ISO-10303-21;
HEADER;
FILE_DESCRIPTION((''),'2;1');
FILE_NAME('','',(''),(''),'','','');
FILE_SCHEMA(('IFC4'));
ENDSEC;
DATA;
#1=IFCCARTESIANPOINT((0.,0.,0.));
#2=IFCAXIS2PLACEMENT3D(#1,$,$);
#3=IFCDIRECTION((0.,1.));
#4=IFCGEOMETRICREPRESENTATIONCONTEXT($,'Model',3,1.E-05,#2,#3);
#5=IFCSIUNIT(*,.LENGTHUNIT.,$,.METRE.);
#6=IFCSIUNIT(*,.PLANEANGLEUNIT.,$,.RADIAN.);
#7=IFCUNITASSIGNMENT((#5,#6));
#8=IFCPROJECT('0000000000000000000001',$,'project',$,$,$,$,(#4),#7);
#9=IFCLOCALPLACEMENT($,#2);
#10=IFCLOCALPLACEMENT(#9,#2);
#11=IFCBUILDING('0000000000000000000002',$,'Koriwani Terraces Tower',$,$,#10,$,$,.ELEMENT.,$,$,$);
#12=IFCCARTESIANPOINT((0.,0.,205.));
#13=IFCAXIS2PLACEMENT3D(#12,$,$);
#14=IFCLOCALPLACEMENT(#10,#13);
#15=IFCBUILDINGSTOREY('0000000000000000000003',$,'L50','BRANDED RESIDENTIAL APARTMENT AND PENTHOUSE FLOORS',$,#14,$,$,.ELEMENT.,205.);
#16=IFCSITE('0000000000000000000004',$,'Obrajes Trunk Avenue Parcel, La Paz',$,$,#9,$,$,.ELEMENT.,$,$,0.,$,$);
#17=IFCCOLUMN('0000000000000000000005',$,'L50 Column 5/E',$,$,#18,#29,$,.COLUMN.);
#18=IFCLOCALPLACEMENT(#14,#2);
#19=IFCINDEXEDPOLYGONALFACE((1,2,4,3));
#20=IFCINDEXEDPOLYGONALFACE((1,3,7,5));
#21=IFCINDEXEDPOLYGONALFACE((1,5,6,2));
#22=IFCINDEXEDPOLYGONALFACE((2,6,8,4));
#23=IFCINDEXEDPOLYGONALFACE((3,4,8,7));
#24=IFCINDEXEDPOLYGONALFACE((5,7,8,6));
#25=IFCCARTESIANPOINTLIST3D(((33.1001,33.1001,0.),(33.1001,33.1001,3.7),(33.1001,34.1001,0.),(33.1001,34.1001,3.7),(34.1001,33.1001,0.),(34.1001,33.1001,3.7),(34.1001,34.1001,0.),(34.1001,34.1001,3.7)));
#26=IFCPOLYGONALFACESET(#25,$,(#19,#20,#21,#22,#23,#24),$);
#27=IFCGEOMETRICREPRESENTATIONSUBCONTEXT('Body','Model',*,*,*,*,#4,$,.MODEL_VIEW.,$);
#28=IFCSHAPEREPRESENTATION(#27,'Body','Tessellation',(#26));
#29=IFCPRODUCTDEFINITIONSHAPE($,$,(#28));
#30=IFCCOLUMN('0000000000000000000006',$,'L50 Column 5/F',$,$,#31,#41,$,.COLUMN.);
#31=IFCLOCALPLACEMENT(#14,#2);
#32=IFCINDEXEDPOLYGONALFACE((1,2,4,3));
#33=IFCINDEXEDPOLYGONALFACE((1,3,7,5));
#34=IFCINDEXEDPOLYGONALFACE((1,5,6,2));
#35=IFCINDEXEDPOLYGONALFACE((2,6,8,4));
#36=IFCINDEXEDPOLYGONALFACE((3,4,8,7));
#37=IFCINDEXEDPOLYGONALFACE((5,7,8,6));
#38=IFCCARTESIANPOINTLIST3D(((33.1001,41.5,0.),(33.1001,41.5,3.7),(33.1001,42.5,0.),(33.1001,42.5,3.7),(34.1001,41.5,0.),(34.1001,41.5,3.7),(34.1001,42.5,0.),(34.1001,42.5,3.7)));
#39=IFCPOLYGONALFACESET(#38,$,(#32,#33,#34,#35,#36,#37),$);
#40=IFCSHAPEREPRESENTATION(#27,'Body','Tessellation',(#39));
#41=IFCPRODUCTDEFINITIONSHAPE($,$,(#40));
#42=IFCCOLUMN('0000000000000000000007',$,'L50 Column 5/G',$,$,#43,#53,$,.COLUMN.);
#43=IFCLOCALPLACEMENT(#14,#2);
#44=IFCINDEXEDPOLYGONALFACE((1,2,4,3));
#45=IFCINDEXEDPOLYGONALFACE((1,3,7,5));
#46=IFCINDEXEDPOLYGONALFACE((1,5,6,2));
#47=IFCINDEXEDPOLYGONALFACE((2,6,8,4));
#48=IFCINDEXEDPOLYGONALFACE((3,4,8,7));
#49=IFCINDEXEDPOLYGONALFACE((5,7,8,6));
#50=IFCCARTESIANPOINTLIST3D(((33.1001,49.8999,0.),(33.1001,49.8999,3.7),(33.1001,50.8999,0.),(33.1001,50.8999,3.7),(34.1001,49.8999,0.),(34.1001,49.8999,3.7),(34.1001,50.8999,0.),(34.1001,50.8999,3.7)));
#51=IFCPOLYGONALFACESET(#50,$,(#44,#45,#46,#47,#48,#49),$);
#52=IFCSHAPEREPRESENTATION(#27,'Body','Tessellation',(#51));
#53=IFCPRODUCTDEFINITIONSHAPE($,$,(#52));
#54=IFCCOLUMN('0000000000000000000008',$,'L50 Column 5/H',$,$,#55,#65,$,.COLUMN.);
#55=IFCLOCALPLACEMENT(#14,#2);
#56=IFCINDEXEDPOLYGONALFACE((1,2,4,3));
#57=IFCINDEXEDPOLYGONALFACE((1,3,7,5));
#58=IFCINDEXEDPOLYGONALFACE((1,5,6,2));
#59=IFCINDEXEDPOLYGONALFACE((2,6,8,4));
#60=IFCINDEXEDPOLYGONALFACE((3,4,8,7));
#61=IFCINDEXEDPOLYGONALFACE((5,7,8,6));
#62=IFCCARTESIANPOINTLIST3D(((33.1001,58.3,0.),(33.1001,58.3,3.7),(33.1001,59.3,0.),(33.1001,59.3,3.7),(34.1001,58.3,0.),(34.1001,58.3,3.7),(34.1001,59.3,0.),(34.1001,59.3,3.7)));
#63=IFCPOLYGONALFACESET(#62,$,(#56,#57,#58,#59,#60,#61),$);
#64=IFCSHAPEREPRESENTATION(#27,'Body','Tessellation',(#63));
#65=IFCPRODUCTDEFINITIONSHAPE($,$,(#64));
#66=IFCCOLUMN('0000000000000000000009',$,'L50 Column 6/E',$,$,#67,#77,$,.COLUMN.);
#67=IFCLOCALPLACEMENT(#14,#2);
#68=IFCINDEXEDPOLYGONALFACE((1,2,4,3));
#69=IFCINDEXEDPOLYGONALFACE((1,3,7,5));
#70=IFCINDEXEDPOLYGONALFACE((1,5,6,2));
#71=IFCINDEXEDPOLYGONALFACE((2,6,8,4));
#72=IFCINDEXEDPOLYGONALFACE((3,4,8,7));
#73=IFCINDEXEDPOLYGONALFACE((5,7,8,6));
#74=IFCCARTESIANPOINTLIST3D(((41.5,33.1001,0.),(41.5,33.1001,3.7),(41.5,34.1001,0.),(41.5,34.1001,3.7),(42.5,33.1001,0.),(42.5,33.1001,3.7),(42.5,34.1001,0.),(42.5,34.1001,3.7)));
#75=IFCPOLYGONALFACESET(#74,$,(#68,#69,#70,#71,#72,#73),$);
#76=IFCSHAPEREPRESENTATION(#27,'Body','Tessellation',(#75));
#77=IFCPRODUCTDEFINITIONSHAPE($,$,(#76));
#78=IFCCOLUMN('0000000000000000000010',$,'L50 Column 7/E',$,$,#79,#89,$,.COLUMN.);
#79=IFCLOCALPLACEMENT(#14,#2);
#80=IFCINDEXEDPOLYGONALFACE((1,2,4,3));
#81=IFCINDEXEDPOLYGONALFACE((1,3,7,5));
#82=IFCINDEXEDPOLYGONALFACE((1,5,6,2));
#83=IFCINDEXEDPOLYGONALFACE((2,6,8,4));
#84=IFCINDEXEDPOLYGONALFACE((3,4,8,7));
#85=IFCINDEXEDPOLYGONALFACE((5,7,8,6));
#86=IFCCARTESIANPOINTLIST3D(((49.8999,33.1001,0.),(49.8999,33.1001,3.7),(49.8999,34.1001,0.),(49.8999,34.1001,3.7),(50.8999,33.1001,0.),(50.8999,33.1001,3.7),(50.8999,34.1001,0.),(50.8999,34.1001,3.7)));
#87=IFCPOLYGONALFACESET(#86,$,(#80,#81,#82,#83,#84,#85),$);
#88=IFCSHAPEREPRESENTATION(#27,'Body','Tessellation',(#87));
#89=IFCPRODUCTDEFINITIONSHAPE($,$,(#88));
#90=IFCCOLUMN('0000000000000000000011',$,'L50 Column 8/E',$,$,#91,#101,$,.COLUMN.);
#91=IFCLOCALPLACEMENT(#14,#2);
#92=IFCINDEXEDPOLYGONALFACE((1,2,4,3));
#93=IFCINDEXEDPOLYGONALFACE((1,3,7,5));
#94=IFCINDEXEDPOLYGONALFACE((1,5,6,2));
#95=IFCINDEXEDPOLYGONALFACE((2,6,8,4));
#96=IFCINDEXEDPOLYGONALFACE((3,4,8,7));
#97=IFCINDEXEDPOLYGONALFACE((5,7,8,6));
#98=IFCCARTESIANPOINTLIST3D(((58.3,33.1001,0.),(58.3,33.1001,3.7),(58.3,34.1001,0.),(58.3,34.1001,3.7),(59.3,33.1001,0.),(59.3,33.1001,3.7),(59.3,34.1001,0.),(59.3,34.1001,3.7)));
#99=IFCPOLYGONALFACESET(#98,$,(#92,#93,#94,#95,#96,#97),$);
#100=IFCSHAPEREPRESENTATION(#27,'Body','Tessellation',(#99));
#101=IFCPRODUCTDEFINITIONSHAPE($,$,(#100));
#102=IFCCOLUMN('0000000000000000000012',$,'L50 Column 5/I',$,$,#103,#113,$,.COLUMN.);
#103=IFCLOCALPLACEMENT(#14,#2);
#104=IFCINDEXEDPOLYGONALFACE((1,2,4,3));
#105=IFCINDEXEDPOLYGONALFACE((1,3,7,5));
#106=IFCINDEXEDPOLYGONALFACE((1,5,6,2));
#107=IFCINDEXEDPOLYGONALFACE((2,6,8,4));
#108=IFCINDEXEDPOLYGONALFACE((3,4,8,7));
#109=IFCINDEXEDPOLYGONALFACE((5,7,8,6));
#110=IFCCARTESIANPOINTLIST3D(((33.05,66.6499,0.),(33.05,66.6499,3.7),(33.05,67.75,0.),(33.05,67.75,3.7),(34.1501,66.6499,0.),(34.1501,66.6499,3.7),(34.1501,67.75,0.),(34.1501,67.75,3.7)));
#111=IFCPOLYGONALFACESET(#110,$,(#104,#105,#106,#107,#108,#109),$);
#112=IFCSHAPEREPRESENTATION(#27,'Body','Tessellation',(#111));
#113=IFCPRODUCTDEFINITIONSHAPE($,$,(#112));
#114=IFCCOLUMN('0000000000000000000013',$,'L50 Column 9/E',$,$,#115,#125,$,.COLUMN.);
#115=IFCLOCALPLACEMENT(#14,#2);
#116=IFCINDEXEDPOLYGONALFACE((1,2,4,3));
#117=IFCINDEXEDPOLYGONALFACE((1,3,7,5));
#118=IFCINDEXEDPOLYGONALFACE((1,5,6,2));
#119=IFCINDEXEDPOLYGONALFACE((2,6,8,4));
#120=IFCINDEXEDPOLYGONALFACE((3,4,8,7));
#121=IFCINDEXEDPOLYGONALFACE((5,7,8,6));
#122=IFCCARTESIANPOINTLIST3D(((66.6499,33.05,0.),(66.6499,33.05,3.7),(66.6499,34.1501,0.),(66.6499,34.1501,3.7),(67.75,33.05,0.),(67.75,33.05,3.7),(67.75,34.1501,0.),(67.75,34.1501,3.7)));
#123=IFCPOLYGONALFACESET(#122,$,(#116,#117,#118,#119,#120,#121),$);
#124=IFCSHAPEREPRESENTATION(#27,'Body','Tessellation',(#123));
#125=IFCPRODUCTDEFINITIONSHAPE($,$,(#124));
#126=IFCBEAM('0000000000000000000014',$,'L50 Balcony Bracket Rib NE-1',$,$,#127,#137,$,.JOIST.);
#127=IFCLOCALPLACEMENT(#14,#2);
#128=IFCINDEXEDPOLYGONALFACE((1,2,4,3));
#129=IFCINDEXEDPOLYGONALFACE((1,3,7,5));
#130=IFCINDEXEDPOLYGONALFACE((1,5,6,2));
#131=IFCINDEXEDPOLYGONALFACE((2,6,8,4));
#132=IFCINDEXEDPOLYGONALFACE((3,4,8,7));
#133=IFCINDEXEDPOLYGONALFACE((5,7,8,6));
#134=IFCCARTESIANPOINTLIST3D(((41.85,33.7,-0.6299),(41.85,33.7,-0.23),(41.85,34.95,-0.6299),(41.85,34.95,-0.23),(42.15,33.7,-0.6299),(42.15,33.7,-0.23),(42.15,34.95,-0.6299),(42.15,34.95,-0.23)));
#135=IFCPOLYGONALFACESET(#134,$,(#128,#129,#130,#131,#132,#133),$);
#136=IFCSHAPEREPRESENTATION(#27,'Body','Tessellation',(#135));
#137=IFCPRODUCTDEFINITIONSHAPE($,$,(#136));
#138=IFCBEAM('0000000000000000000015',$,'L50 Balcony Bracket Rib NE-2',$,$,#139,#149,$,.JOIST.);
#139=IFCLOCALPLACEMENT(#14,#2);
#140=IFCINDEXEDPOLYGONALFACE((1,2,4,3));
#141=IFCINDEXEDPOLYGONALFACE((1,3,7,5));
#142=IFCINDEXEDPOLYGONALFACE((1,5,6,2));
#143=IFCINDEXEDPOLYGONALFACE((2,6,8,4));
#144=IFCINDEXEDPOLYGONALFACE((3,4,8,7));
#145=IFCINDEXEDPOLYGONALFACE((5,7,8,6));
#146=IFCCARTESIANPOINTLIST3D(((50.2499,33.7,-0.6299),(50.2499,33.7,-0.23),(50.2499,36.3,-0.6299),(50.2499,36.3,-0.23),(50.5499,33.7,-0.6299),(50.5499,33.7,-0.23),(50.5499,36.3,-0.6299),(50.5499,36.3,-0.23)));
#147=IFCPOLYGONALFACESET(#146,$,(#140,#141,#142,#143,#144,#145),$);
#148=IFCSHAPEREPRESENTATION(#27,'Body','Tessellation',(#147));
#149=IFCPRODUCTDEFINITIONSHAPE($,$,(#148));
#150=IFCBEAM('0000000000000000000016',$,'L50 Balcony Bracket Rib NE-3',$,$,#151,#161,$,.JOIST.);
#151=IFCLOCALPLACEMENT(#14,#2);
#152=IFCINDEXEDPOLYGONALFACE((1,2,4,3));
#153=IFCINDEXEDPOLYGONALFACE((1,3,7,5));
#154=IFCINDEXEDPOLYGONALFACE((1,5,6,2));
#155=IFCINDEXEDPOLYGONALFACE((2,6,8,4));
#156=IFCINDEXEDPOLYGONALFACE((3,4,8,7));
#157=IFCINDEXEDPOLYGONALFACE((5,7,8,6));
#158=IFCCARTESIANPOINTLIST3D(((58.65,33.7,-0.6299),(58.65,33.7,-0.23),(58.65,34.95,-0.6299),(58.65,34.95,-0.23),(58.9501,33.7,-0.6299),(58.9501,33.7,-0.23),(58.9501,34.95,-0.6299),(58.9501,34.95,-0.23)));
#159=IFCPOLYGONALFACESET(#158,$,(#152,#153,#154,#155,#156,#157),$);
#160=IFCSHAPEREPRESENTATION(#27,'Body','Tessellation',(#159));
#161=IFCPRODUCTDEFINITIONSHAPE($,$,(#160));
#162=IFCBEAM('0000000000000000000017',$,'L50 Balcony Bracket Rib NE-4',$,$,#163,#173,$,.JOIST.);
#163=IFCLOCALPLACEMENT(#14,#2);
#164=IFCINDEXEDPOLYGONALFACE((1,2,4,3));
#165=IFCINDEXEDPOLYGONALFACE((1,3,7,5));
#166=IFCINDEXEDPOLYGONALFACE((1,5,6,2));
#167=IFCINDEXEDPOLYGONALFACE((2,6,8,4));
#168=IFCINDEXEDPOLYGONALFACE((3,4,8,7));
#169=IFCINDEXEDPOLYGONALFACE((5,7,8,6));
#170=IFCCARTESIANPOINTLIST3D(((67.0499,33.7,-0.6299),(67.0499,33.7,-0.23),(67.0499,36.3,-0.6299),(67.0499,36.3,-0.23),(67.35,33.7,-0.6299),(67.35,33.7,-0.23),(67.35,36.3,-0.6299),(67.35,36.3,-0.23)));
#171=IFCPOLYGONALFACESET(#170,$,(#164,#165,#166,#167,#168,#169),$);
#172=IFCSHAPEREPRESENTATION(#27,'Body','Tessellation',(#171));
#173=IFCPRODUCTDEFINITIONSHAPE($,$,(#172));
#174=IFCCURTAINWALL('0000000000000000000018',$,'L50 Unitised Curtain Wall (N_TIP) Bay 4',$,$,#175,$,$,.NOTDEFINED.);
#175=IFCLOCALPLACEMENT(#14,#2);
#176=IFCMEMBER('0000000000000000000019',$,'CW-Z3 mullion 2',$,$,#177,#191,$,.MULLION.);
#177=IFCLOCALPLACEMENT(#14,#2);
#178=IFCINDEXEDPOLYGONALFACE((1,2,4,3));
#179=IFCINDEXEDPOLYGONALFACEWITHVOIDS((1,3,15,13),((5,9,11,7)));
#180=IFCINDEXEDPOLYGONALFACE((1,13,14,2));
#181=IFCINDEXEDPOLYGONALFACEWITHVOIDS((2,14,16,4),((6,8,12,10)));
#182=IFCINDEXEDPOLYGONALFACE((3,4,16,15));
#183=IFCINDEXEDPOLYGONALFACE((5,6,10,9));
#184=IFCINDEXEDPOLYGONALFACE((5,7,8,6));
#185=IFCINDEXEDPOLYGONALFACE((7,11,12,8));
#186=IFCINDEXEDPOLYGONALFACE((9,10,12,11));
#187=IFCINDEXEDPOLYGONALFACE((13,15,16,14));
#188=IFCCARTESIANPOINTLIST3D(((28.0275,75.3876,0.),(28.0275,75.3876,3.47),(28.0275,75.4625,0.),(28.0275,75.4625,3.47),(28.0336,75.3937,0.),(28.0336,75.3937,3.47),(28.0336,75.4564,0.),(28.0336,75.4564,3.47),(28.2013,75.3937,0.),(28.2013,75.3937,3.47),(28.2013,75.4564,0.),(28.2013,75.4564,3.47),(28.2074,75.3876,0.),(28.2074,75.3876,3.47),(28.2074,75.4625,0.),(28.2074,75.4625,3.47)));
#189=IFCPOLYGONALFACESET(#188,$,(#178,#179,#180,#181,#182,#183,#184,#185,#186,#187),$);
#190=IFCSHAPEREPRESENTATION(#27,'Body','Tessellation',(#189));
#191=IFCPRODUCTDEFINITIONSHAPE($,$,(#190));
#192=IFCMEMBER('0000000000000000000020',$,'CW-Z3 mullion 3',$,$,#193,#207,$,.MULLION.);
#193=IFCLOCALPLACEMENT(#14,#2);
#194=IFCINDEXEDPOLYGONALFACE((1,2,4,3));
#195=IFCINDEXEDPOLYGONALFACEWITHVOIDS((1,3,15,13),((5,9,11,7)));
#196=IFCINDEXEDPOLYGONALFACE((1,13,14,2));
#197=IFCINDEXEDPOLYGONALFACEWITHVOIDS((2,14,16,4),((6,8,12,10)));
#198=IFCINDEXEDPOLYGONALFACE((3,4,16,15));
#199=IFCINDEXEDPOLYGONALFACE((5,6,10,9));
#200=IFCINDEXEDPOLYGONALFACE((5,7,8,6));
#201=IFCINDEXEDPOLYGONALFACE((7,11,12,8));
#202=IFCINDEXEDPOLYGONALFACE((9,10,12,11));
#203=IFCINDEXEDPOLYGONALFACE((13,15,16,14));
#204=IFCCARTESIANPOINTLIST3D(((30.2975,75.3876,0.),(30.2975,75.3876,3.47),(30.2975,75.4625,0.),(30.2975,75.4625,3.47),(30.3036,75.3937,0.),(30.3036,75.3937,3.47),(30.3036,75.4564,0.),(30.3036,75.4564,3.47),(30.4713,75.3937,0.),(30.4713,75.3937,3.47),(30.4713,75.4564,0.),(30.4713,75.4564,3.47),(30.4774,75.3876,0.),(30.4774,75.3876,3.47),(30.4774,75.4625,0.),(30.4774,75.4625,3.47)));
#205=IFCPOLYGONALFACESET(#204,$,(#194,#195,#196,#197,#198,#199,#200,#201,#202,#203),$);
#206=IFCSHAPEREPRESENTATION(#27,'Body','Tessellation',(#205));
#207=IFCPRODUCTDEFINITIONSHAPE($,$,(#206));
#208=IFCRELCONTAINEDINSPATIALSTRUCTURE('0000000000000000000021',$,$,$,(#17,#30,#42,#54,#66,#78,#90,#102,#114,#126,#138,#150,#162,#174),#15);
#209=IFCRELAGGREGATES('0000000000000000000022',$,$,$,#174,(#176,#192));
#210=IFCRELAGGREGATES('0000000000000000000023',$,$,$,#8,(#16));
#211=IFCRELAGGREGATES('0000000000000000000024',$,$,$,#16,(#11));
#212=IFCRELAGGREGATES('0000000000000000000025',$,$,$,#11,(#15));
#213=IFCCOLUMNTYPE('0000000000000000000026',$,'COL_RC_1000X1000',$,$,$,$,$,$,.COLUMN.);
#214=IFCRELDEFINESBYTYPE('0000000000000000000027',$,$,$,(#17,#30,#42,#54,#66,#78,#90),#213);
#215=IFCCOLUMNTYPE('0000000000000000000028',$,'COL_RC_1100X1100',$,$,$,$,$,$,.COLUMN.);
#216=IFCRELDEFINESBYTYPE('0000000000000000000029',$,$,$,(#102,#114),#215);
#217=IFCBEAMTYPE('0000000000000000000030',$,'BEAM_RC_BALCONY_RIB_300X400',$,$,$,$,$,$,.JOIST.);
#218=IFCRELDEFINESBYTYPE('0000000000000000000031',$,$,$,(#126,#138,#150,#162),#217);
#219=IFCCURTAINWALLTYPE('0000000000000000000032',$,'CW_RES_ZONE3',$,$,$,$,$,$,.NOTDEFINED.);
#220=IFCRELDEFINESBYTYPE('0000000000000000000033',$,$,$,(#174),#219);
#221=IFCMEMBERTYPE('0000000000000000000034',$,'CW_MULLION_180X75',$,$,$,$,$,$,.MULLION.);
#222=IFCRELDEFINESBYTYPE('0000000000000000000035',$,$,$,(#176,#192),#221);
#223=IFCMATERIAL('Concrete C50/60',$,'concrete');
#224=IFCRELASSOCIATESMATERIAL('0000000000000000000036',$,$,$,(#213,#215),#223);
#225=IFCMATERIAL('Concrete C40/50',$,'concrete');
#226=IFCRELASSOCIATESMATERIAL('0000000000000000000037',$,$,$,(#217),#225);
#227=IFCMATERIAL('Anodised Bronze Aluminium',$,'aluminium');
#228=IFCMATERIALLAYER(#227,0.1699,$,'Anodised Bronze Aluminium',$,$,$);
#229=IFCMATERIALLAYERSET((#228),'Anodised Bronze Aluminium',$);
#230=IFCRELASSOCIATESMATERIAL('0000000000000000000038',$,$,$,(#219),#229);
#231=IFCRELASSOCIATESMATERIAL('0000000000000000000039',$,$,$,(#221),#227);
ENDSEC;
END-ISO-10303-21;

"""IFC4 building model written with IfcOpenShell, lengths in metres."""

from ifc_helpers import new_model, si_unit, direction, frame, origin, origin_2d, place, context, subcontext, project, spatial, rectangle, hollow_rectangle, extrude, material, layer, layer_set, material_profile, profile_set, type_object, element, aggregate, save


model = new_model("IFC4")

# Units and contexts
model_context = context("Model", 3, precision=1e-05, world=origin(), true_north=direction((0.0, 1.0)))
body_context = subcontext(model_context, "Body", "Model", "MODEL_VIEW")
ifc_project = project(units=[si_unit("LENGTHUNIT", "METRE"), si_unit("PLANEANGLEUNIT", "RADIAN")], contexts=[model_context])

# Site, building, storey
site_placement = place(None, origin())
site = spatial("IfcSite", under=ifc_project, at=site_placement, Name="Obrajes Trunk Avenue Parcel, La Paz", CompositionType="ELEMENT", RefElevation=0.0)
building_placement = place(site_placement, origin())
building = spatial("IfcBuilding", under=site, at=building_placement, Name="Koriwani Terraces Tower", CompositionType="ELEMENT")
storey_placement = place(building_placement, frame((0.0, 0.0, 205.0)))
storey = spatial("IfcBuildingStorey", under=building, at=storey_placement, Name="L50", Description="BRANDED RESIDENTIAL APARTMENT AND PENTHOUSE FLOORS", CompositionType="ELEMENT", Elevation=205.0)

# Columns
ifc_material_1 = material(Name="Concrete C50/60", Category="concrete")
ifc_material_profile_1 = material_profile(ifc_material_1, rectangle(XDim=1.0, YDim=1.0, at=origin_2d()), Name="Concrete C50/60", Category="LoadBearing")
ifc_profile_set_1 = profile_set([ifc_material_profile_1], Name="Concrete C50/60")
column_type_1 = type_object("IfcColumnType", Name="COL_RC_1000X1000", PredefinedType="COLUMN", material=ifc_profile_set_1)
for number, where, z_axis, x_axis, name in (
    (1, (33.6001, 33.6001, 0.0), (0.0, 0.0, 1.0), (1.0, 0.0, 0.0), "L50 Column 5/E"),
    (2, (33.6001, 42.0, 0.0), (0.0, 0.0, 1.0), (1.0, 0.0, 0.0), "L50 Column 5/F"),
    (3, (33.6001, 50.3999, 0.0), (0.0, 0.0, 1.0), (1.0, 0.0, 0.0), "L50 Column 5/G"),
    (4, (33.6001, 58.8, 0.0), (0.0, 0.0, 1.0), (1.0, 0.0, 0.0), "L50 Column 5/H"),
    (5, (42.0, 33.6001, 0.0), (0.0, 0.0, 1.0), (1.0, 0.0, 0.0), "L50 Column 6/E"),
    (6, (50.3999, 33.6001, 0.0), (0.0, 0.0, 1.0), (1.0, 0.0, 0.0), "L50 Column 7/E"),
    (7, (58.8, 33.6001, 0.0), (0.0, 0.0, 1.0), (1.0, 0.0, 0.0), "L50 Column 8/E"),
):
    element("IfcColumn", number, at=place(storey_placement, frame(where, z_axis=z_axis, x_axis=x_axis)), inside=storey, type_object=column_type_1, Name=name, PredefinedType="COLUMN", context=body_context, shape_type="SweptSolid", body=[
        extrude(rectangle(XDim=1.0, YDim=1.0, at=origin_2d()), origin(), (0.0, 0.0, 1.0), 3.7),
    ])
ifc_material_profile_2 = material_profile(ifc_material_1, rectangle(XDim=1.1001, YDim=1.1001, at=origin_2d()), Name="Concrete C50/60", Category="LoadBearing")
ifc_profile_set_2 = profile_set([ifc_material_profile_2], Name="Concrete C50/60")
column_type_2 = type_object("IfcColumnType", Name="COL_RC_1100X1100", PredefinedType="COLUMN", material=ifc_profile_set_2)
for number, where, z_axis, x_axis, name in (
    (8, (33.6001, 67.2, 0.0), (0.0, 0.0, 1.0), (1.0, 0.0, 0.0), "L50 Column 5/I"),
    (9, (67.2, 33.6001, 0.0), (0.0, 0.0, 1.0), (1.0, 0.0, 0.0), "L50 Column 9/E"),
):
    element("IfcColumn", number, at=place(storey_placement, frame(where, z_axis=z_axis, x_axis=x_axis)), inside=storey, type_object=column_type_2, Name=name, PredefinedType="COLUMN", context=body_context, shape_type="SweptSolid", body=[
        extrude(rectangle(XDim=1.1001, YDim=1.1001, at=origin_2d()), origin(), (0.0, 0.0, 1.0), 3.7),
    ])

# Beams
ifc_material_2 = material(Name="Concrete C40/50", Category="concrete")
ifc_material_profile_3 = material_profile(ifc_material_2, rectangle(XDim=0.3, YDim=0.3999, at=origin_2d()), Name="Concrete C40/50", Category="LoadBearing")
ifc_profile_set_3 = profile_set([ifc_material_profile_3], Name="Concrete C40/50")
beam_type = type_object("IfcBeamType", Name="BEAM_RC_BALCONY_RIB_300X400", PredefinedType="JOIST", material=ifc_profile_set_3)
beam_1_placement = place(storey_placement, frame((42.0, 33.7, -0.4299), z_axis=(0.0, 1.0, 0.0), x_axis=(-1.0, 0.0, 0.0)))
element("IfcBeam", 10, at=beam_1_placement, inside=storey, type_object=beam_type, Name="L50 Balcony Bracket Rib NE-1", PredefinedType="JOIST", context=body_context, shape_type="SweptSolid", body=[
    extrude(rectangle(XDim=0.3, YDim=0.3999, at=origin_2d()), origin(), (0.0, 0.0, 1.0), 1.25),
])
beam_2_placement = place(storey_placement, frame((50.3999, 33.7, -0.4299), z_axis=(0.0, 1.0, 0.0), x_axis=(-1.0, 0.0, 0.0)))
element("IfcBeam", 11, at=beam_2_placement, inside=storey, type_object=beam_type, Name="L50 Balcony Bracket Rib NE-2", PredefinedType="JOIST", context=body_context, shape_type="SweptSolid", body=[
    extrude(rectangle(XDim=0.3, YDim=0.3999, at=origin_2d()), origin(), (0.0, 0.0, 1.0), 2.6001),
])
beam_3_placement = place(storey_placement, frame((58.8, 33.7, -0.4299), z_axis=(0.0, 1.0, 0.0), x_axis=(-1.0, 0.0, 0.0)))
element("IfcBeam", 12, at=beam_3_placement, inside=storey, type_object=beam_type, Name="L50 Balcony Bracket Rib NE-3", PredefinedType="JOIST", context=body_context, shape_type="SweptSolid", body=[
    extrude(rectangle(XDim=0.3, YDim=0.3999, at=origin_2d()), origin(), (0.0, 0.0, 1.0), 1.25),
])
beam_4_placement = place(storey_placement, frame((67.2, 33.7, -0.4299), z_axis=(0.0, 1.0, 0.0), x_axis=(-1.0, 0.0, 0.0)))
element("IfcBeam", 13, at=beam_4_placement, inside=storey, type_object=beam_type, Name="L50 Balcony Bracket Rib NE-4", PredefinedType="JOIST", context=body_context, shape_type="SweptSolid", body=[
    extrude(rectangle(XDim=0.3, YDim=0.3999, at=origin_2d()), origin(), (0.0, 0.0, 1.0), 2.6001),
])

# Curtain wall, members
ifc_material_3 = material(Name="Anodised Bronze Aluminium", Category="aluminium")
ifc_layer_1 = layer(ifc_material_3, 0.1699, Name="Anodised Bronze Aluminium")
ifc_layer_set_1 = layer_set([ifc_layer_1], Name="Anodised Bronze Aluminium")
curtain_wall_type = type_object("IfcCurtainWallType", Name="CW_RES_ZONE3", PredefinedType="NOTDEFINED", material=ifc_layer_set_1)
curtain_wall_placement = place(storey_placement, origin())
curtain_wall = element("IfcCurtainWall", 14, at=curtain_wall_placement, inside=storey, type_object=curtain_wall_type, Name="L50 Unitised Curtain Wall (N_TIP) Bay 4", PredefinedType="NOTDEFINED")
ifc_material_profile_4 = material_profile(ifc_material_3, hollow_rectangle(XDim=0.075, YDim=0.1799, WallThickness=0.0061, at=origin_2d()), Name="Anodised Bronze Aluminium", Category="LoadBearing")
ifc_profile_set_4 = profile_set([ifc_material_profile_4], Name="Anodised Bronze Aluminium")
member_type_1 = type_object("IfcMemberType", Name="CW_MULLION_180X75", PredefinedType="MULLION", material=ifc_profile_set_4)
member_1_placement = place(storey_placement, frame((28.1174, 75.425, 0.0), z_axis=(0.0, 0.0, 1.0), x_axis=(0.0, 1.0, 0.0)))
member_1 = element("IfcMember", 15, at=member_1_placement, type_object=member_type_1, Name="CW-Z3 mullion 2", PredefinedType="MULLION", context=body_context, shape_type="SweptSolid", body=[
    extrude(hollow_rectangle(XDim=0.075, YDim=0.1799, WallThickness=0.0061, at=origin_2d()), origin(), (0.0, 0.0, 1.0), 3.47),
])
member_2_placement = place(storey_placement, frame((30.3875, 75.425, 0.0), z_axis=(0.0, 0.0, 1.0), x_axis=(0.0, 1.0, 0.0)))
member_2 = element("IfcMember", 16, at=member_2_placement, type_object=member_type_1, Name="CW-Z3 mullion 3", PredefinedType="MULLION", context=body_context, shape_type="SweptSolid", body=[
    extrude(hollow_rectangle(XDim=0.075, YDim=0.1799, WallThickness=0.0061, at=origin_2d()), origin(), (0.0, 0.0, 1.0), 3.47),
])
aggregate(curtain_wall, [member_1, member_2])

save(model, "model.ifc")
